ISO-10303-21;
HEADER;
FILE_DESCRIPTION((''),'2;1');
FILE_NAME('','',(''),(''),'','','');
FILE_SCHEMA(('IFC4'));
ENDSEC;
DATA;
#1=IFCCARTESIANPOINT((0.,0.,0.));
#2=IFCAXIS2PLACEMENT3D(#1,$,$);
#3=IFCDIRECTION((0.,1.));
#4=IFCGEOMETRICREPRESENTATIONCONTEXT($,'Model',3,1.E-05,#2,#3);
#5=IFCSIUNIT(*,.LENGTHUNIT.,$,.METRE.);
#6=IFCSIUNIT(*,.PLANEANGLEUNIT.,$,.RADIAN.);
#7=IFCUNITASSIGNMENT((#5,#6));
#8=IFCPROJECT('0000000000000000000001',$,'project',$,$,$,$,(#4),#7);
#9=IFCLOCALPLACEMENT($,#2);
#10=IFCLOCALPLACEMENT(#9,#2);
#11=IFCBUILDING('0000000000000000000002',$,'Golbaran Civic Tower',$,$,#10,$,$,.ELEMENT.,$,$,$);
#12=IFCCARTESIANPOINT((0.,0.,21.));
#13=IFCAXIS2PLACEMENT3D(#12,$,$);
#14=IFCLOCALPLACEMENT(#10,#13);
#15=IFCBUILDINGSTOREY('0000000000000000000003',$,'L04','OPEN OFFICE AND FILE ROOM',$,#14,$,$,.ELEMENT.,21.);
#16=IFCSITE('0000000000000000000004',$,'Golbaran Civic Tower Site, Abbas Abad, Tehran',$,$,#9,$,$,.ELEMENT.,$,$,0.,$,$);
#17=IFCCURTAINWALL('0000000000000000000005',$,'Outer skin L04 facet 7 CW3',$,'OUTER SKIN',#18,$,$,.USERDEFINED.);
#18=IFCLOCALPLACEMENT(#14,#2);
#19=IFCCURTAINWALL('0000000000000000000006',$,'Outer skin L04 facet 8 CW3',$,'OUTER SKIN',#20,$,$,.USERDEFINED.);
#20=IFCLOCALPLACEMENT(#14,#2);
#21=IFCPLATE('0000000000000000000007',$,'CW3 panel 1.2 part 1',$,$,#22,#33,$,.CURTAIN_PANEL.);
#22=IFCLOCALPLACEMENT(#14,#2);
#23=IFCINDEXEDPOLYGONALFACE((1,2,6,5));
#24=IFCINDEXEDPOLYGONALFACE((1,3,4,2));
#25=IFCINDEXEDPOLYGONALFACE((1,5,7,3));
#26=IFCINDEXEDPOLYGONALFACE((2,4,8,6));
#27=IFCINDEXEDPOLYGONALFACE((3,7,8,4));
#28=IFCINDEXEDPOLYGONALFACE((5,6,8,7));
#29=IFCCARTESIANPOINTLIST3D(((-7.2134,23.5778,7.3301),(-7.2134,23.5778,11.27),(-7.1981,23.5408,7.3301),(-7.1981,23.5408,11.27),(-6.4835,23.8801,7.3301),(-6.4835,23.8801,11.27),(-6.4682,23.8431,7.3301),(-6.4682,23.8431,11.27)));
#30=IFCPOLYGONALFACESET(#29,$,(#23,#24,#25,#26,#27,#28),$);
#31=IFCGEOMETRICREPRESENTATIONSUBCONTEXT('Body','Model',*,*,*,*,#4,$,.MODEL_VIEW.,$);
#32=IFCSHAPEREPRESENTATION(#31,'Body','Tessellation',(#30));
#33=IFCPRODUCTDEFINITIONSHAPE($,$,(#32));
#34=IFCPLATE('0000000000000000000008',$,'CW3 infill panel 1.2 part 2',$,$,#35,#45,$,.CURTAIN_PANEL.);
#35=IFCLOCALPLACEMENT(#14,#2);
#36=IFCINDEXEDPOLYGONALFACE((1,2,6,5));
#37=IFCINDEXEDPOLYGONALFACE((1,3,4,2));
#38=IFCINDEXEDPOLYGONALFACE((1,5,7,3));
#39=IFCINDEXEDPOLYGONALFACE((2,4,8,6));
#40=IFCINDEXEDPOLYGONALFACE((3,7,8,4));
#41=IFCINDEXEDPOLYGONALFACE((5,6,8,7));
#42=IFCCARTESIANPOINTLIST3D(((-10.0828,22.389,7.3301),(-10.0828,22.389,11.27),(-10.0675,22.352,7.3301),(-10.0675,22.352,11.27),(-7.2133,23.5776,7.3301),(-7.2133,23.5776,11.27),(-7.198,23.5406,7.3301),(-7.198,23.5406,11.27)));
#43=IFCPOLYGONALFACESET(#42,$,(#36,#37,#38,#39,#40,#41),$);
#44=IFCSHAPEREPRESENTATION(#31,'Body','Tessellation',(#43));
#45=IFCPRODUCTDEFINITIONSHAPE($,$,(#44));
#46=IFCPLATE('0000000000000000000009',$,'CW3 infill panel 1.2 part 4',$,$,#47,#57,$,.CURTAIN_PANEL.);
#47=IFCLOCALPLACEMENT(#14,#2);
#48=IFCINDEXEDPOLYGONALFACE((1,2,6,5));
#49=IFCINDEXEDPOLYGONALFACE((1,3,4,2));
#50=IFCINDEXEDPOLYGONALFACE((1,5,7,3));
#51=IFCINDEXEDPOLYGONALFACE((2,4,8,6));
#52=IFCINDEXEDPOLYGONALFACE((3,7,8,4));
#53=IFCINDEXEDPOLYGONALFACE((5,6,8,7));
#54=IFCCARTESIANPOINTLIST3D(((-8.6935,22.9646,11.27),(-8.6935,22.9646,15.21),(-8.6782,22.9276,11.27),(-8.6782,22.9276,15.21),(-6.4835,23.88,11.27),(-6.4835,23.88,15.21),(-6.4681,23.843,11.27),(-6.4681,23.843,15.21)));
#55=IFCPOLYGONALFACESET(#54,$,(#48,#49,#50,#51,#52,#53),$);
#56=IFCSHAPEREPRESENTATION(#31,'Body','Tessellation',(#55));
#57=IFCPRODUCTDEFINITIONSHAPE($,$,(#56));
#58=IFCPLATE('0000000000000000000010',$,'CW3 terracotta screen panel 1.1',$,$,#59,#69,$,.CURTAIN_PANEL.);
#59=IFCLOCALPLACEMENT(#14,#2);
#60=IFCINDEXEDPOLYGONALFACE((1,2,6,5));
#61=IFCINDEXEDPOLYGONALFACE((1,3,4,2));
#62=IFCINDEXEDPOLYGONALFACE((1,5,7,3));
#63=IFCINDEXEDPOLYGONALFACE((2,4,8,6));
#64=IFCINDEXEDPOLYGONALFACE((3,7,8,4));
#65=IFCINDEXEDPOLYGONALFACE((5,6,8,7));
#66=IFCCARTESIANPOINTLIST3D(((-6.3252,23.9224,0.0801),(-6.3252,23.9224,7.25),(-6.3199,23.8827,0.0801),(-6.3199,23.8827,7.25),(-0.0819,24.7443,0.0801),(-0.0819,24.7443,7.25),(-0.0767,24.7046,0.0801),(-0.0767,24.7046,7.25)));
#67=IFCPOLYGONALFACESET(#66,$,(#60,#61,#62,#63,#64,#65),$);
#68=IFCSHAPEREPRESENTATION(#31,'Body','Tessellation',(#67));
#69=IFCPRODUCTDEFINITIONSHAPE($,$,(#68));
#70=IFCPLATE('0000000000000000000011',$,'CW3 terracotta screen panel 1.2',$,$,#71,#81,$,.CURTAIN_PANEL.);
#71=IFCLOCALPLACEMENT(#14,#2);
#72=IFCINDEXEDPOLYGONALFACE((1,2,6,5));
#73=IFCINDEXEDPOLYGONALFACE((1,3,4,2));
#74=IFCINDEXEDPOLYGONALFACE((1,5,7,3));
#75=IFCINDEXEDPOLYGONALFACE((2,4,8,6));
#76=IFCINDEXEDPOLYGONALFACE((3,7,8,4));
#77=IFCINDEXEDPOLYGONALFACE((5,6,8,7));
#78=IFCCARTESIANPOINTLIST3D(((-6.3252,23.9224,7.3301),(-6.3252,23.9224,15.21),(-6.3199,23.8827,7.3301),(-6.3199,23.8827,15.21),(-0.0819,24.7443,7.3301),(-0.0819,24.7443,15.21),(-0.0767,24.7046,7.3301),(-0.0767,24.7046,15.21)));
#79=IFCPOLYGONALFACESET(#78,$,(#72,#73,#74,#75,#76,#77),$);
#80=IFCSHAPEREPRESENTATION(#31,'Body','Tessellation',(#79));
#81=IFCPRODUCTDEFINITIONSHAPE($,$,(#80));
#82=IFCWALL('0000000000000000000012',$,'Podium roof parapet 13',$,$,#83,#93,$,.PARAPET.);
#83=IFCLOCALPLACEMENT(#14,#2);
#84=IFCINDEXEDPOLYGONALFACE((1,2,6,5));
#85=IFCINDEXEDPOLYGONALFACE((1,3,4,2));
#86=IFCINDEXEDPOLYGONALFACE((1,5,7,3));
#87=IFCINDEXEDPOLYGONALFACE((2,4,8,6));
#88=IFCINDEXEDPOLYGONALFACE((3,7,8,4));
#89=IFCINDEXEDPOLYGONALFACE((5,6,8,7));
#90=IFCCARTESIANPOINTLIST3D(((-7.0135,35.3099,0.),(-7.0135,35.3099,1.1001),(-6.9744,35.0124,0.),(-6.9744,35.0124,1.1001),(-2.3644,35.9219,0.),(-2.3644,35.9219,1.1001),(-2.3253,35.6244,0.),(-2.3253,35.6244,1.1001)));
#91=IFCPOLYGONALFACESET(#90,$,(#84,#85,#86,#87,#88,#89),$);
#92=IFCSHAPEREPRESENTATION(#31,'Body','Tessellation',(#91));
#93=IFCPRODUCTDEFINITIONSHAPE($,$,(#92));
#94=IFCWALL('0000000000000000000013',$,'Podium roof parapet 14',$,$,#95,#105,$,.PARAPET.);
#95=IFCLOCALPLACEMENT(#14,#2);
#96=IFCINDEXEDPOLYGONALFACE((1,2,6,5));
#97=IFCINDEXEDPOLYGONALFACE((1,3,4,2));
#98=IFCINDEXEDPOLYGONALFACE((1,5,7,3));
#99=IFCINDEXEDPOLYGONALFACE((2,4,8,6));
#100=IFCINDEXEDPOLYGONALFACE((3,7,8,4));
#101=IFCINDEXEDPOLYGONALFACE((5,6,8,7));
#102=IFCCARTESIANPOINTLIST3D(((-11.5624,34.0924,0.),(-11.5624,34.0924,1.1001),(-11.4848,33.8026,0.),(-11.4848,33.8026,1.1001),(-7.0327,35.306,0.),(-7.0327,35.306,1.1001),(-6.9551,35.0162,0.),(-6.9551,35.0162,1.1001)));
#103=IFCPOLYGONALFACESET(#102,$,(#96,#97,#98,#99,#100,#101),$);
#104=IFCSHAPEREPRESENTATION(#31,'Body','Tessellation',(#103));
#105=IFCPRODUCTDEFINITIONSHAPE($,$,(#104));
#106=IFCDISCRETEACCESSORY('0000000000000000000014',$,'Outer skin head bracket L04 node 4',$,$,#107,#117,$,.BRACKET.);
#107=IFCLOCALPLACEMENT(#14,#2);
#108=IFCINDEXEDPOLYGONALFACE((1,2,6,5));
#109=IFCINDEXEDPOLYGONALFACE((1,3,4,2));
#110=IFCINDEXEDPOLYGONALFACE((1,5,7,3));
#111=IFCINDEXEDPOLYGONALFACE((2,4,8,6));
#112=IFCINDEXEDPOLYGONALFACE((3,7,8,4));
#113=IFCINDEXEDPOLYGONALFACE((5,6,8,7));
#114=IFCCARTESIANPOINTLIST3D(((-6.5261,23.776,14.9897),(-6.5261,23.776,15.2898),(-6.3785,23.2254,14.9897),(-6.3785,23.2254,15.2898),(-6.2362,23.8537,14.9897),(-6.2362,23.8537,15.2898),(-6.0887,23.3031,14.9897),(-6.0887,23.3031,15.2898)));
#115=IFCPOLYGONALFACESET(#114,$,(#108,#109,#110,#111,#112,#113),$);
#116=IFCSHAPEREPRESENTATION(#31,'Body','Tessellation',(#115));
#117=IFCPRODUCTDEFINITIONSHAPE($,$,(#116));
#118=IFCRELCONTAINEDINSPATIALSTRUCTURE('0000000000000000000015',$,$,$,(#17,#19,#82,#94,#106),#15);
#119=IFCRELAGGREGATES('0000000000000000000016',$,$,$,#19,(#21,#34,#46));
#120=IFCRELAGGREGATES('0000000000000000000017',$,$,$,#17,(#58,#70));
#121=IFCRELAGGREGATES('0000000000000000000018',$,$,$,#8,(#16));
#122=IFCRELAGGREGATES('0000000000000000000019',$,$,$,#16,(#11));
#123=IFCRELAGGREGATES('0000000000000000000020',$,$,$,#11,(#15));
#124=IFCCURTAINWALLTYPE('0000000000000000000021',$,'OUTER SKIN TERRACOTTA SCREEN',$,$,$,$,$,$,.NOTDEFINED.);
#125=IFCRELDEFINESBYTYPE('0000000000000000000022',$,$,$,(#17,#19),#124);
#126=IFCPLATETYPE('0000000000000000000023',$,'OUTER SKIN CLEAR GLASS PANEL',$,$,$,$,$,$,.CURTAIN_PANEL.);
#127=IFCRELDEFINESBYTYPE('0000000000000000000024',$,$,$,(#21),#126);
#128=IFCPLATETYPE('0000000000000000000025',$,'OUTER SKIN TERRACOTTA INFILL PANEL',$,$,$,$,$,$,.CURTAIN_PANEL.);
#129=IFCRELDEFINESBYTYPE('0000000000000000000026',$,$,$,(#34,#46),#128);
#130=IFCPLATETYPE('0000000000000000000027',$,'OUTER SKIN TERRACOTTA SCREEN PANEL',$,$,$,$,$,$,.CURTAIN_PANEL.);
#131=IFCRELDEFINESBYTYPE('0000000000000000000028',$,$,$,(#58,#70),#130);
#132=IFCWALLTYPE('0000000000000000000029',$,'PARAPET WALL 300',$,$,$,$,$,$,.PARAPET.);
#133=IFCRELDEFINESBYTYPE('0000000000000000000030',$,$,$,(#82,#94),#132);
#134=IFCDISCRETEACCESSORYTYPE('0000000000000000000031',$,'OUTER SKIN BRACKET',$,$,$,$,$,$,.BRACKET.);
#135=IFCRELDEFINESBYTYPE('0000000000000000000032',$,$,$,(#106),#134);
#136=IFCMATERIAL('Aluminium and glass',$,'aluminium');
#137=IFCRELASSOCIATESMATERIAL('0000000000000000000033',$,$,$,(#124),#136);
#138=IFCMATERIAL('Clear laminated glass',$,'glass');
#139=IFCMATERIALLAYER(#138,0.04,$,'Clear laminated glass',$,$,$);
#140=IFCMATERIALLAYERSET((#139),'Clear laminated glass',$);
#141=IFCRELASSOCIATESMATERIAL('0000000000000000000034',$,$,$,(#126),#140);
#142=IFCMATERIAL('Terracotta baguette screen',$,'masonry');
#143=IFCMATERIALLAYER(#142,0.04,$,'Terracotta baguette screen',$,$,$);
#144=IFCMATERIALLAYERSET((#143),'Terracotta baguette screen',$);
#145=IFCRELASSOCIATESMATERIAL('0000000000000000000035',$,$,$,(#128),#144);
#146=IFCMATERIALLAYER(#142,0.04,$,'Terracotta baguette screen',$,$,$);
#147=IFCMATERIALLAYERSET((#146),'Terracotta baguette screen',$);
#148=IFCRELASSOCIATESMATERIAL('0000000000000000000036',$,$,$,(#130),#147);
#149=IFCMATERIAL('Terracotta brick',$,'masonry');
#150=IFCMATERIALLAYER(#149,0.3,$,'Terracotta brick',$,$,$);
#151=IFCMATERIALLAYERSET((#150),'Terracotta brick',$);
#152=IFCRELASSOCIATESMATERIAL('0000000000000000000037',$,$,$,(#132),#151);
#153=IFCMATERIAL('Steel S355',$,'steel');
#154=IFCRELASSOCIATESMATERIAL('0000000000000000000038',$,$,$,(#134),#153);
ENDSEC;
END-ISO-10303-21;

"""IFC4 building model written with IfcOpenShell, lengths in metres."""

from ifc_helpers import new_model, si_unit, direction, frame, frame_2d, origin, origin_2d, place, context, subcontext, project, spatial, rectangle, extrude, material, layer, layer_set, type_object, element, aggregate, save


model = new_model("IFC4")

# Units and contexts
model_context = context("Model", 3, precision=1e-05, world=origin(), true_north=direction((0.0, 1.0)))
body_context = subcontext(model_context, "Body", "Model", "MODEL_VIEW")
ifc_project = project(units=[si_unit("LENGTHUNIT", "METRE"), si_unit("PLANEANGLEUNIT", "RADIAN")], contexts=[model_context])

# Site, building, storey
site_placement = place(None, origin())
site = spatial("IfcSite", under=ifc_project, at=site_placement, Name="Golbaran Civic Tower Site, Abbas Abad, Tehran", CompositionType="ELEMENT", RefElevation=0.0)
building_placement = place(site_placement, origin())
building = spatial("IfcBuilding", under=site, at=building_placement, Name="Golbaran Civic Tower", CompositionType="ELEMENT")
storey_placement = place(building_placement, frame((0.0, 0.0, 21.0)))
storey = spatial("IfcBuildingStorey", under=building, at=storey_placement, Name="L04", Description="OPEN OFFICE AND FILE ROOM", CompositionType="ELEMENT", Elevation=21.0)

# Shared definitions
ifc_material_1 = material(Name="Steel S355", Category="steel")

# Shared definitions
ifc_material_2 = material(Name="Aluminium and glass", Category="aluminium")

# Curtain wall
curtain_wall_type_1 = type_object("IfcCurtainWallType", Name="OUTER SKIN TERRACOTTA SCREEN", PredefinedType="NOTDEFINED", material=ifc_material_2)
curtain_wall_1_placement = place(storey_placement, origin())
curtain_wall_1 = element("IfcCurtainWall", 1, at=curtain_wall_1_placement, inside=storey, type_object=curtain_wall_type_1, Name="Outer skin L04 facet 7 CW3", ObjectType="OUTER SKIN", PredefinedType="USERDEFINED")

# Curtain wall
curtain_wall_2_placement = place(storey_placement, origin())
curtain_wall_2 = element("IfcCurtainWall", 2, at=curtain_wall_2_placement, inside=storey, type_object=curtain_wall_type_1, Name="Outer skin L04 facet 8 CW3", ObjectType="OUTER SKIN", PredefinedType="USERDEFINED")

# Plates
ifc_material_3 = material(Name="Clear laminated glass", Category="glass")
ifc_layer_1 = layer(ifc_material_3, 0.04, Name="Clear laminated glass")
ifc_layer_set_1 = layer_set([ifc_layer_1], Name="Clear laminated glass")
plate_type_1 = type_object("IfcPlateType", Name="OUTER SKIN CLEAR GLASS PANEL", PredefinedType="CURTAIN_PANEL", material=ifc_layer_set_1)
plate_1_placement = place(storey_placement, frame((-6.8408, 23.7104, 7.3301), z_axis=(0.0, 0.0, 1.0), x_axis=(-0.92388, -0.382683, 0.0)))
plate_1 = element("IfcPlate", 3, at=plate_1_placement, type_object=plate_type_1, Name="CW3 panel 1.2 part 1", PredefinedType="CURTAIN_PANEL", context=body_context, shape_type="SweptSolid", body=[
    extrude(rectangle(XDim=0.79, YDim=0.04, at=origin_2d()), origin(), (0.0, 0.0, 1.0), 3.9399),
])
ifc_material_4 = material(Name="Terracotta baguette screen", Category="masonry")
ifc_layer_2 = layer(ifc_material_4, 0.04, Name="Terracotta baguette screen")
ifc_layer_set_2 = layer_set([ifc_layer_2], Name="Terracotta baguette screen")
plate_type_2 = type_object("IfcPlateType", Name="OUTER SKIN TERRACOTTA INFILL PANEL", PredefinedType="CURTAIN_PANEL", material=ifc_layer_set_2)
plate_2_placement = place(storey_placement, frame((-8.6404, 22.9648, 7.3301), z_axis=(0.0, 0.0, 1.0), x_axis=(-0.92388, -0.382683, 0.0)))
plate_2 = element("IfcPlate", 4, at=plate_2_placement, type_object=plate_type_2, Name="CW3 infill panel 1.2 part 2", PredefinedType="CURTAIN_PANEL", context=body_context, shape_type="SweptSolid", body=[
    extrude(rectangle(XDim=3.106, YDim=0.04, at=origin_2d()), origin(), (0.0, 0.0, 1.0), 3.9399),
])
plate_3_placement = place(storey_placement, frame((-7.5808, 23.4038, 11.27), z_axis=(0.0, 0.0, 1.0), x_axis=(-0.92388, -0.382683, 0.0)))
plate_3 = element("IfcPlate", 5, at=plate_3_placement, type_object=plate_type_2, Name="CW3 infill panel 1.2 part 4", PredefinedType="CURTAIN_PANEL", context=body_context, shape_type="SweptSolid", body=[
    extrude(rectangle(XDim=2.3921, YDim=0.04, at=origin_2d()), origin(), (0.0, 0.0, 1.0), 3.9399),
])
aggregate(curtain_wall_2, [plate_1, plate_2, plate_3])
ifc_layer_3 = layer(ifc_material_4, 0.04, Name="Terracotta baguette screen")
ifc_layer_set_3 = layer_set([ifc_layer_3], Name="Terracotta baguette screen")
plate_type_3 = type_object("IfcPlateType", Name="OUTER SKIN TERRACOTTA SCREEN PANEL", PredefinedType="CURTAIN_PANEL", material=ifc_layer_set_3)
plate_4_placement = place(storey_placement, frame((-3.2009, 24.3135, 0.0801), z_axis=(0.0, 0.0, 1.0), x_axis=(-0.991445, -0.130526, 0.0)))
plate_4 = element("IfcPlate", 6, at=plate_4_placement, type_object=plate_type_3, Name="CW3 terracotta screen panel 1.1", PredefinedType="CURTAIN_PANEL", context=body_context, shape_type="SweptSolid", body=[
    extrude(rectangle(XDim=6.2971, YDim=0.04, at=origin_2d()), origin(), (0.0, 0.0, 1.0), 7.1699),
])
plate_5_placement = place(storey_placement, frame((-3.2009, 24.3135, 7.3301), z_axis=(0.0, 0.0, 1.0), x_axis=(-0.991445, -0.130526, 0.0)))
plate_5 = element("IfcPlate", 7, at=plate_5_placement, type_object=plate_type_3, Name="CW3 terracotta screen panel 1.2", PredefinedType="CURTAIN_PANEL", context=body_context, shape_type="SweptSolid", body=[
    extrude(rectangle(XDim=6.2971, YDim=0.04, at=origin_2d()), origin(), (0.0, 0.0, 1.0), 7.8799),
])
aggregate(curtain_wall_1, [plate_4, plate_5])

# Walls
ifc_material_5 = material(Name="Terracotta brick", Category="masonry")
ifc_layer_4 = layer(ifc_material_5, 0.3, Name="Terracotta brick")
ifc_layer_set_4 = layer_set([ifc_layer_4], Name="Terracotta brick")
wall_type = type_object("IfcWallType", Name="PARAPET WALL 300", PredefinedType="PARAPET", material=ifc_layer_set_4)
wall_1_placement = place(storey_placement, frame((-2.3447, 35.7732, 0.0), z_axis=(0.0, 0.0, 1.0), x_axis=(-0.991445, -0.130523, 0.0)))
element("IfcWall", 8, at=wall_1_placement, inside=storey, type_object=wall_type, Name="Podium roof parapet 13", PredefinedType="PARAPET", context=body_context, shape_type="SweptSolid", body=[
    extrude(rectangle(XDim=4.6892, YDim=0.3, at=frame_2d((2.3447, 0.0))), origin(), (0.0, 0.0, 1.0), 1.1001),
])
wall_2_placement = place(storey_placement, frame((-6.9939, 35.1611, 0.0), z_axis=(0.0, 0.0, 1.0), x_axis=(-0.965933, -0.258793, 0.0)))
element("IfcWall", 9, at=wall_2_placement, inside=storey, type_object=wall_type, Name="Podium roof parapet 14", PredefinedType="PARAPET", context=body_context, shape_type="SweptSolid", body=[
    extrude(rectangle(XDim=4.6895, YDim=0.3, at=frame_2d((2.3447, 0.0))), origin(), (0.0, 0.0, 1.0), 1.1001),
])

# Discrete accessory
discrete_accessory_type = type_object("IfcDiscreteAccessoryType", Name="OUTER SKIN BRACKET", PredefinedType="BRACKET", material=ifc_material_1)
discrete_accessory_placement = place(storey_placement, frame((-6.3074, 23.5396, 14.9897), z_axis=(0.0, 0.0, 1.0), x_axis=(-0.258819, 0.965926, 0.0)))
element("IfcDiscreteAccessory", 10, at=discrete_accessory_placement, inside=storey, type_object=discrete_accessory_type, Name="Outer skin head bracket L04 node 4", PredefinedType="BRACKET", context=body_context, shape_type="SweptSolid", body=[
    extrude(rectangle(XDim=0.5701, YDim=0.3, at=origin_2d()), origin(), (0.0, 0.0, 1.0), 0.3),
])

save(model, "model.ifc")
